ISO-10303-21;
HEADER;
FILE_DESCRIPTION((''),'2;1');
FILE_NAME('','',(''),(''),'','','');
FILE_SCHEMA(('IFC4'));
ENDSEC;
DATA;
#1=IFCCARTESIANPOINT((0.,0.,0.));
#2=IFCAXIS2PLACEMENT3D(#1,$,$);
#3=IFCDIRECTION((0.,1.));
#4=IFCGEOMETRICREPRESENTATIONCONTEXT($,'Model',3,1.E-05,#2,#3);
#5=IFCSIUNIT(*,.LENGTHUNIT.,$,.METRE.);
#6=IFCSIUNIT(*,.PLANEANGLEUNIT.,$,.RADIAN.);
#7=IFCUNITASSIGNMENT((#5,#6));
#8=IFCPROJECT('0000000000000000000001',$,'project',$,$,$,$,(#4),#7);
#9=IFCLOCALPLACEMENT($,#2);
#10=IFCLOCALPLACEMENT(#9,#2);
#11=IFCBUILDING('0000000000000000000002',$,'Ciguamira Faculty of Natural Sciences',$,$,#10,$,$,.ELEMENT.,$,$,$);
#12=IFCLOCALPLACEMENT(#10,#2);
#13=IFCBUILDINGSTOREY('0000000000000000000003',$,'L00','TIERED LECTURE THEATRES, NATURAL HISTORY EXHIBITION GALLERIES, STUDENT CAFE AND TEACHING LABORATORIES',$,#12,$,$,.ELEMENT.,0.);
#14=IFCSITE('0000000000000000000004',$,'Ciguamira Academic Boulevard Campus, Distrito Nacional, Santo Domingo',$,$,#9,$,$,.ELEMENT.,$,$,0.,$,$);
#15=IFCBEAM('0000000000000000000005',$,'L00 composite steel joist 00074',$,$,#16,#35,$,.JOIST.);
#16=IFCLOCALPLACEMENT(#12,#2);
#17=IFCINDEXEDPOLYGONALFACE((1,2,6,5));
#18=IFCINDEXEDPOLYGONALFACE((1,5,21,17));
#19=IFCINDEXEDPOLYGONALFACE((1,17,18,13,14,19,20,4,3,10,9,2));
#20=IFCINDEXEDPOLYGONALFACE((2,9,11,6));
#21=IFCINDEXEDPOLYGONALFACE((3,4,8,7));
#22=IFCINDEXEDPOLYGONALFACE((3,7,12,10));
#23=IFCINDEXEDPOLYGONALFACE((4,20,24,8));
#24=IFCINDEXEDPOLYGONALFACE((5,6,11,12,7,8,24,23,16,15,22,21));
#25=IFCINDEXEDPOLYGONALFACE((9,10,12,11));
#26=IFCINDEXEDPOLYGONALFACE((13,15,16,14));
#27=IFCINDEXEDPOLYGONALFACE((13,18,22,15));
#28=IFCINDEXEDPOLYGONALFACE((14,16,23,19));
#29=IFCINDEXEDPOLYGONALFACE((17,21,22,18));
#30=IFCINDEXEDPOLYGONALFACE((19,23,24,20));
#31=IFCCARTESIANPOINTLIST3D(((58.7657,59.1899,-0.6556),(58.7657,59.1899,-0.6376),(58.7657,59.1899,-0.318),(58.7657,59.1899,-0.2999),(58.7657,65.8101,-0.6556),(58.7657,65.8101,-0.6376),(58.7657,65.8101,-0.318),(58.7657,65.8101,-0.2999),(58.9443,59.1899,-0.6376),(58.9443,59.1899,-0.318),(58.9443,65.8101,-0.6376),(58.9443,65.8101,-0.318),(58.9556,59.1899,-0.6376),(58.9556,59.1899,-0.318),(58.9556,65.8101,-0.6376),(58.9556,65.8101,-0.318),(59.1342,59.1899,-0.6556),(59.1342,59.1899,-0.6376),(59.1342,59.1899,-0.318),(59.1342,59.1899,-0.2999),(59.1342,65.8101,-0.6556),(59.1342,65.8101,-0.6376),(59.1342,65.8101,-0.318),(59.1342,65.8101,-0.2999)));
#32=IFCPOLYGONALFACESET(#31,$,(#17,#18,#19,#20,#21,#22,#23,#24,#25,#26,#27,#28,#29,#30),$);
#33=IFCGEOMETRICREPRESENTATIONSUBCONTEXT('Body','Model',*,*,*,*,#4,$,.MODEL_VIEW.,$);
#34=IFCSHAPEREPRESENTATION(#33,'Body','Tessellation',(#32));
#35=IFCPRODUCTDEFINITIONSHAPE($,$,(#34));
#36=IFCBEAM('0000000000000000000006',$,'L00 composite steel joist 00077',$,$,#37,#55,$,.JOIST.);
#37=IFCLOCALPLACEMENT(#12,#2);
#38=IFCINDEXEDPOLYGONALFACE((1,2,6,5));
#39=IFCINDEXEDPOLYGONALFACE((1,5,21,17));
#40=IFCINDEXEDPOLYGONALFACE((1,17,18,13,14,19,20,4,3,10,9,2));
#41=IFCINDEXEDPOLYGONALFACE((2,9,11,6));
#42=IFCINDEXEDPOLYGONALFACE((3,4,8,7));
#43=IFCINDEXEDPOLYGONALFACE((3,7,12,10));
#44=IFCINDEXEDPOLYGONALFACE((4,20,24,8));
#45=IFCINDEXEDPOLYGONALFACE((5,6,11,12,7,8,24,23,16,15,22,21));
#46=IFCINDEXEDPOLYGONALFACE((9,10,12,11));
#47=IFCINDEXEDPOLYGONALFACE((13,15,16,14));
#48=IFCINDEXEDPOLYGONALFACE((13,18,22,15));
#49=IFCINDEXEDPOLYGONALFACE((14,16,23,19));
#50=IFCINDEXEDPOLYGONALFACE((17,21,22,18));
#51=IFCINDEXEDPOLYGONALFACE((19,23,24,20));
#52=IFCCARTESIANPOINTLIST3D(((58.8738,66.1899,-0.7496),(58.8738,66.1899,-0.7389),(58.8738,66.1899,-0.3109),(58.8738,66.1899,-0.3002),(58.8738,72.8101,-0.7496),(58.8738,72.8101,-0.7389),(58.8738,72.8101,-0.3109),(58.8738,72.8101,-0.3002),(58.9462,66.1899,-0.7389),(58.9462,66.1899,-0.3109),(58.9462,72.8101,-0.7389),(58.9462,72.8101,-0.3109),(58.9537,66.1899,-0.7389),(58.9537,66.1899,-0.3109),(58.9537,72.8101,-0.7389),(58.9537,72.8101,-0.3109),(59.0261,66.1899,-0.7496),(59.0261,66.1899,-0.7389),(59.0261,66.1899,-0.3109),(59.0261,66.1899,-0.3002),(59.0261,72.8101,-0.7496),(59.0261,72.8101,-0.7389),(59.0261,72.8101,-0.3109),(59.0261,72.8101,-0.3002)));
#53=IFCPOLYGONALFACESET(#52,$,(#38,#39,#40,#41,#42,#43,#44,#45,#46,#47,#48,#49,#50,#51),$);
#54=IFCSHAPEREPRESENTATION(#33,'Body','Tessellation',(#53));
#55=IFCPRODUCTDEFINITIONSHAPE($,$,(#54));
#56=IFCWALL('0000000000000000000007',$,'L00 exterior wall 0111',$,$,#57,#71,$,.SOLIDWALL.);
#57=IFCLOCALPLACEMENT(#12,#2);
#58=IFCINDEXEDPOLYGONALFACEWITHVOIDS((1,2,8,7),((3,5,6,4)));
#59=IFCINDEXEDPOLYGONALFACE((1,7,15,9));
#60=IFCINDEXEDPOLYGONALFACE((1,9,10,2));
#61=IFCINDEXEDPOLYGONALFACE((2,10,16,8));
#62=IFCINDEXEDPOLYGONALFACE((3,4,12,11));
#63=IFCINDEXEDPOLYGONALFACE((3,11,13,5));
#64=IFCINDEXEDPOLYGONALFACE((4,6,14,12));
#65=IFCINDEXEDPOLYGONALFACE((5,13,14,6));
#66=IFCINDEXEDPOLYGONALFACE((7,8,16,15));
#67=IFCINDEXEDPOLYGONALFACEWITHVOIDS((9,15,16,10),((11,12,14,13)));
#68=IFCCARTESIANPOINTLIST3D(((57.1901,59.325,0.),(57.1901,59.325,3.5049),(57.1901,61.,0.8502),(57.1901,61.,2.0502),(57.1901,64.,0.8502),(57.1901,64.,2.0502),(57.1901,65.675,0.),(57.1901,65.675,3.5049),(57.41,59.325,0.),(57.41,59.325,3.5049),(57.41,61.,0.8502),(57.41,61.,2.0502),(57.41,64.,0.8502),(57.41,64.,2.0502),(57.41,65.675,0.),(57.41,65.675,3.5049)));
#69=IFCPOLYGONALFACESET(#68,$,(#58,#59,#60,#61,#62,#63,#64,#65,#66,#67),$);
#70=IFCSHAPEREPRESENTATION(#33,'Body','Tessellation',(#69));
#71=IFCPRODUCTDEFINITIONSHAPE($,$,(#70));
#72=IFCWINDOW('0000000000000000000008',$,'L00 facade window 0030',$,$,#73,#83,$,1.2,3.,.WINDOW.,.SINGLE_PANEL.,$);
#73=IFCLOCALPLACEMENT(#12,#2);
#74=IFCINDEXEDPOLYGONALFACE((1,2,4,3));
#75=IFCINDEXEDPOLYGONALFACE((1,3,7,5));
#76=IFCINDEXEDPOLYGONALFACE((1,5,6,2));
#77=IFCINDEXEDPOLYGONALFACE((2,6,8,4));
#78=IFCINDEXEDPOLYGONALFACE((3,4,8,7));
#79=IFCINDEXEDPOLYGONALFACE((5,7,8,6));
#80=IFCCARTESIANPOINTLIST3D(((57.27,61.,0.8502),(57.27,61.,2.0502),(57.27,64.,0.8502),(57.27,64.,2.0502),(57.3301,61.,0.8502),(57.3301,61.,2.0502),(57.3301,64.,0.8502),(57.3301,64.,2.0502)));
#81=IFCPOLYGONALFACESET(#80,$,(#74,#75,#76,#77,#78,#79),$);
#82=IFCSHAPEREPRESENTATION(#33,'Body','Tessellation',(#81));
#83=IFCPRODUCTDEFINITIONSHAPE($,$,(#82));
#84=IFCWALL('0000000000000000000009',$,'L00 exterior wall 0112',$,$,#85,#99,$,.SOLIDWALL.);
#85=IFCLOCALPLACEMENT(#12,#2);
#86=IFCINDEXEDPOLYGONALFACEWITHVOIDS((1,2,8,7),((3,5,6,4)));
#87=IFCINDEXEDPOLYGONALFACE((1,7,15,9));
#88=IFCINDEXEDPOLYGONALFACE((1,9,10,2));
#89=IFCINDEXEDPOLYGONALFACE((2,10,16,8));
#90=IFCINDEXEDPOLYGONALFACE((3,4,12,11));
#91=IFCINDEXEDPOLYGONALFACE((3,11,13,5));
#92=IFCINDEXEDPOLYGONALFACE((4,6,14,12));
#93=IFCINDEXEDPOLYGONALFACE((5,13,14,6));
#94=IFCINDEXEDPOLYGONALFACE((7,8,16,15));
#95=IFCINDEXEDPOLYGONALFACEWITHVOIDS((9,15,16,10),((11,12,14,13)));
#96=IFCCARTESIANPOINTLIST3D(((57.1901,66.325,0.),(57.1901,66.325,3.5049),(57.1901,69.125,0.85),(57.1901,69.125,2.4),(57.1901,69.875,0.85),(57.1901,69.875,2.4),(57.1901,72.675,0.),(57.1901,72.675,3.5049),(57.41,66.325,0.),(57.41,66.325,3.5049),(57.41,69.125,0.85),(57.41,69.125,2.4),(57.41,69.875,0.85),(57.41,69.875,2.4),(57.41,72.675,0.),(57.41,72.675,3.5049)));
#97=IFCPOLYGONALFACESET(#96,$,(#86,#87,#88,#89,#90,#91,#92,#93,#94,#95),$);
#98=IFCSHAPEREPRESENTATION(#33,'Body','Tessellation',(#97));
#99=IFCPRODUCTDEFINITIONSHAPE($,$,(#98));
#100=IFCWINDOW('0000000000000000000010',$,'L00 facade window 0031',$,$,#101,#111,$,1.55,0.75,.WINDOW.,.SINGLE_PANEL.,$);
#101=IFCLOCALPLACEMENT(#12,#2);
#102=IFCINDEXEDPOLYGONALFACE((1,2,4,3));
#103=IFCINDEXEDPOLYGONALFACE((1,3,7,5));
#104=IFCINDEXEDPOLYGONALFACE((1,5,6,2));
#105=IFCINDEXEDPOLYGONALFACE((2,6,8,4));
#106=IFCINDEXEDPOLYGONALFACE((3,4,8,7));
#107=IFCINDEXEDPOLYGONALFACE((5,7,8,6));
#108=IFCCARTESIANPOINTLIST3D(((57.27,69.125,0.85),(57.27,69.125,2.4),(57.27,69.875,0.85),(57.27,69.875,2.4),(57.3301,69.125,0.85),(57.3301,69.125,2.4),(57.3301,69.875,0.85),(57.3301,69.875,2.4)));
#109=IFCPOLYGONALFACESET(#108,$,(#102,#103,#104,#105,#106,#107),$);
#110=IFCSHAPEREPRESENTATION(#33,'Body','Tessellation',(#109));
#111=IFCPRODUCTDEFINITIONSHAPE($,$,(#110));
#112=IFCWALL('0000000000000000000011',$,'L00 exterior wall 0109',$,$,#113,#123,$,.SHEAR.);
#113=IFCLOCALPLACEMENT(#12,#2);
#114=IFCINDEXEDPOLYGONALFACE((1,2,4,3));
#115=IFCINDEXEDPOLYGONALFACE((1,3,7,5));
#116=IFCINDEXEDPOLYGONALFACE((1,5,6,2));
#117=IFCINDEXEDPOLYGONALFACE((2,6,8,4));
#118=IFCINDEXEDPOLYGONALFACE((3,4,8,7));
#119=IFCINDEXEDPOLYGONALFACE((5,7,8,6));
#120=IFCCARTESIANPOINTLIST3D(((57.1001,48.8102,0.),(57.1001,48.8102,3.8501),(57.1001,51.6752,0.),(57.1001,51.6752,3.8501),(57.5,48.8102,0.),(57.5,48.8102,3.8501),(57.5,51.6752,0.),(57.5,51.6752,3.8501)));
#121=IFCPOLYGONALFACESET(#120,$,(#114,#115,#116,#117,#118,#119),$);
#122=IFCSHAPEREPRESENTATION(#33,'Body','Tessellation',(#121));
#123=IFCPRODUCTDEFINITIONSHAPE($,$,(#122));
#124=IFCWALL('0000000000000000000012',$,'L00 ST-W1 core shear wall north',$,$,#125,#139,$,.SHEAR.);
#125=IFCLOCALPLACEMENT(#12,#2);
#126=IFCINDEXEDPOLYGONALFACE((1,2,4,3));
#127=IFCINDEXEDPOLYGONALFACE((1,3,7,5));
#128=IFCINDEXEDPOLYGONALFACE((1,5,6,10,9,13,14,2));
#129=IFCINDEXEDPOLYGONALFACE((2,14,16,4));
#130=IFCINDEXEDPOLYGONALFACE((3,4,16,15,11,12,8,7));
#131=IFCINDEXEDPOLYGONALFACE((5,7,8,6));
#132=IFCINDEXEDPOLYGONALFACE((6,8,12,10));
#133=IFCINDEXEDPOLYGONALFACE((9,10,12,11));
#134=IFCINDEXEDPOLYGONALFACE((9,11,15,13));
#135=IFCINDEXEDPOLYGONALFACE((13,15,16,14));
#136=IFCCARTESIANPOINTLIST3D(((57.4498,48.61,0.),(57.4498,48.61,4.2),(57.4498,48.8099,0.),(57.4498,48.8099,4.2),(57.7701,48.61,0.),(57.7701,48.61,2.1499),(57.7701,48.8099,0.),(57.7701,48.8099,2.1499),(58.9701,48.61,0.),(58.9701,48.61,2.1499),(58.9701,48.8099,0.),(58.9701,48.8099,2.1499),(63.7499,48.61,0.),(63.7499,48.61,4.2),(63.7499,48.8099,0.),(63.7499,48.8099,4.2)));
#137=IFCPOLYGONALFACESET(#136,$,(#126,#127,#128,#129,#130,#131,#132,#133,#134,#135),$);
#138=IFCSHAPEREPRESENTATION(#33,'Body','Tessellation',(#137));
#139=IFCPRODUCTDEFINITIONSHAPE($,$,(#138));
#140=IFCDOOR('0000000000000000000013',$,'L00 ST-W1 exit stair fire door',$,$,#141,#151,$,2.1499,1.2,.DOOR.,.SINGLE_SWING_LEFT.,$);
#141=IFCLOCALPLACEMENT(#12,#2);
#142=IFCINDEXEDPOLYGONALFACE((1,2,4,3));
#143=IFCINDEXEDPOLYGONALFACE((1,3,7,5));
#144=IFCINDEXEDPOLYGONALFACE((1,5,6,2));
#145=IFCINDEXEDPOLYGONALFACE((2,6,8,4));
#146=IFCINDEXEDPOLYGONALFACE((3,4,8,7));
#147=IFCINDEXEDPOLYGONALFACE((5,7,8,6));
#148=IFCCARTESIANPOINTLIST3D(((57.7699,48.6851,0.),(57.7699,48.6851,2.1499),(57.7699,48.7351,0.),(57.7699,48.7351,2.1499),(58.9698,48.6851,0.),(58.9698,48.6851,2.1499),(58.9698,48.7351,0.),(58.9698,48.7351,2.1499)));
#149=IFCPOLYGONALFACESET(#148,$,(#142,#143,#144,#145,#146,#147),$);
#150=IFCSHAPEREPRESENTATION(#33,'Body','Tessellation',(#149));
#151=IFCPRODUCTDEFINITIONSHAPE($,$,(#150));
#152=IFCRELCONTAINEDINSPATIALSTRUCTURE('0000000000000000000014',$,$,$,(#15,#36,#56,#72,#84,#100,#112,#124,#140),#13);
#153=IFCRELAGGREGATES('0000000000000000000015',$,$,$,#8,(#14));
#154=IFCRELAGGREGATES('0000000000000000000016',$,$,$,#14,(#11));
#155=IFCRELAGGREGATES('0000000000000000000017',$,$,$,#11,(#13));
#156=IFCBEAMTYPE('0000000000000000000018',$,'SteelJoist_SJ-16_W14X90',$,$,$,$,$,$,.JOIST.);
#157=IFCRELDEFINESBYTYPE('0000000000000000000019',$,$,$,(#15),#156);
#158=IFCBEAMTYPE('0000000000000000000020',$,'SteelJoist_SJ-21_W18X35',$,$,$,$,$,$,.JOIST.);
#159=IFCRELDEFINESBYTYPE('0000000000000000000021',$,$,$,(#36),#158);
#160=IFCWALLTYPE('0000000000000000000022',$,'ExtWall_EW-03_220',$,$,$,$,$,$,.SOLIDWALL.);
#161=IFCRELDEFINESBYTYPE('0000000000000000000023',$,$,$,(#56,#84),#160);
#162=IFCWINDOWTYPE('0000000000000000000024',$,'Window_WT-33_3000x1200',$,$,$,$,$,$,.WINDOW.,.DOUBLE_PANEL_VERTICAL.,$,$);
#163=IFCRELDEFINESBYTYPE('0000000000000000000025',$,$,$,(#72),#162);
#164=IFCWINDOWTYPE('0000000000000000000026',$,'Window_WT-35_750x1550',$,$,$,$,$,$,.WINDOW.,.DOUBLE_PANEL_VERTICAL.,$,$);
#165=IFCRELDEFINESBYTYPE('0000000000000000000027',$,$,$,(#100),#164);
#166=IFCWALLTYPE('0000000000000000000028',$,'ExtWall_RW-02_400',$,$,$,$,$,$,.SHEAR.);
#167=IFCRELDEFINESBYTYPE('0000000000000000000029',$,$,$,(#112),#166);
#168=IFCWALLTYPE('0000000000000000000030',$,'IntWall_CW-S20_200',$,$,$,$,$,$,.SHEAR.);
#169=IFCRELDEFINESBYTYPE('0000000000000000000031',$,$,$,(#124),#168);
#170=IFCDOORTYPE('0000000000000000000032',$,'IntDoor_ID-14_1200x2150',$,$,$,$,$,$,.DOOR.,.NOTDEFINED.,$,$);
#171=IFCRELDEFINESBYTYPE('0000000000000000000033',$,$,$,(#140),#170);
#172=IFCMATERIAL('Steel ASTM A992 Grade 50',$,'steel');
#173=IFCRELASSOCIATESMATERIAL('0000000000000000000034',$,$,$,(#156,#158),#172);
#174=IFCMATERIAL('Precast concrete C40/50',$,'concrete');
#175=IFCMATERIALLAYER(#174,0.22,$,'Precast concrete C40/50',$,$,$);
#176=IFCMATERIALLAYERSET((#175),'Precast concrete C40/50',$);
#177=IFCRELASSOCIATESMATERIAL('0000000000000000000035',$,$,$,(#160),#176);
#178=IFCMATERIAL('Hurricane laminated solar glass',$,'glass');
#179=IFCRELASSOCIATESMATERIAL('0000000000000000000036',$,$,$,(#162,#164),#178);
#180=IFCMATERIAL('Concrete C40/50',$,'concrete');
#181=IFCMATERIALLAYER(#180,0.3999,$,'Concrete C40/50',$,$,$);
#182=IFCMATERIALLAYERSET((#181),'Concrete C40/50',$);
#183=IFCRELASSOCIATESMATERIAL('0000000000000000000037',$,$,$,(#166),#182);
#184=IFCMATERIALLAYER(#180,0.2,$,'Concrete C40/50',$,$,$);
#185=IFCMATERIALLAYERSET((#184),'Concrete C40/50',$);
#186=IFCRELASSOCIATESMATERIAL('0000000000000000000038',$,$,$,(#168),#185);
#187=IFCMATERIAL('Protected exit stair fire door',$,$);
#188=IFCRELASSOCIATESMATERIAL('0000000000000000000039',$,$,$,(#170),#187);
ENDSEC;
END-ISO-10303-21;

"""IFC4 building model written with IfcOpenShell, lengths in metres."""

from ifc_helpers import new_model, si_unit, direction, frame, frame_2d, origin, origin_2d, place, context, subcontext, project, spatial, rectangle, i_section, extrude, material, layer, layer_set, material_profile, profile_set, type_object, element, fill, save


model = new_model("IFC4")

# Units and contexts
model_context = context("Model", 3, precision=1e-05, world=origin(), true_north=direction((0.0, 1.0)))
body_context = subcontext(model_context, "Body", "Model", "MODEL_VIEW")
ifc_project = project(units=[si_unit("LENGTHUNIT", "METRE"), si_unit("PLANEANGLEUNIT", "RADIAN")], contexts=[model_context])

# Site, building, storey
site_placement = place(None, origin())
site = spatial("IfcSite", under=ifc_project, at=site_placement, Name="Ciguamira Academic Boulevard Campus, Distrito Nacional, Santo Domingo", CompositionType="ELEMENT", RefElevation=0.0)
building_placement = place(site_placement, origin())
building = spatial("IfcBuilding", under=site, at=building_placement, Name="Ciguamira Faculty of Natural Sciences", CompositionType="ELEMENT")
storey_placement = place(building_placement, origin())
storey = spatial("IfcBuildingStorey", under=building, at=storey_placement, Name="L00", Description="TIERED LECTURE THEATRES, NATURAL HISTORY EXHIBITION GALLERIES, STUDENT CAFE AND TEACHING LABORATORIES", CompositionType="ELEMENT", Elevation=0.0)

# Shared definitions
ifc_material_1 = material(Name="Concrete C40/50", Category="concrete")

# Beams
ifc_material_2 = material(Name="Precast concrete C40/50", Category="concrete")
ifc_material_3 = material(Name="Steel ASTM A992 Grade 50", Category="steel")
ifc_material_profile_1 = material_profile(ifc_material_3, i_section(OverallWidth=0.3684, OverallDepth=0.3557, WebThickness=0.0112, FlangeThickness=0.0181, at=origin_2d()), Name="W14X90")
ifc_profile_set_1 = profile_set([ifc_material_profile_1], Name="Steel ASTM A992 Grade 50")
beam_type_1 = type_object("IfcBeamType", Name="SteelJoist_SJ-16_W14X90", PredefinedType="JOIST", material=ifc_profile_set_1)
beam_1_placement = place(storey_placement, frame((58.95, 59.1899, -0.4778), z_axis=(0.0, 1.0, 0.0), x_axis=(-1.0, 0.0, 0.0)))
element("IfcBeam", 1, at=beam_1_placement, inside=storey, type_object=beam_type_1, Name="L00 composite steel joist 00074", PredefinedType="JOIST", context=body_context, shape_type="SweptSolid", body=[
    extrude(i_section(OverallWidth=0.3684, OverallDepth=0.3557, WebThickness=0.0112, FlangeThickness=0.0181, at=origin_2d()), origin(), (0.0, 0.0, 1.0), 6.6201),
])
ifc_material_profile_2 = material_profile(ifc_material_3, i_section(OverallWidth=0.1523, OverallDepth=0.4495, WebThickness=0.0076, FlangeThickness=0.0107, at=origin_2d()), Name="W18X35")
ifc_profile_set_2 = profile_set([ifc_material_profile_2], Name="Steel ASTM A992 Grade 50")
beam_type_2 = type_object("IfcBeamType", Name="SteelJoist_SJ-21_W18X35", PredefinedType="JOIST", material=ifc_profile_set_2)
beam_2_placement = place(storey_placement, frame((58.95, 66.1899, -0.5249), z_axis=(0.0, 1.0, 0.0), x_axis=(-1.0, 0.0, 0.0)))
element("IfcBeam", 2, at=beam_2_placement, inside=storey, type_object=beam_type_2, Name="L00 composite steel joist 00077", PredefinedType="JOIST", context=body_context, shape_type="SweptSolid", body=[
    extrude(i_section(OverallWidth=0.1523, OverallDepth=0.4495, WebThickness=0.0076, FlangeThickness=0.0107, at=origin_2d()), origin(), (0.0, 0.0, 1.0), 6.6201),
])

# Shared definitions
ifc_layer_1 = layer(ifc_material_2, 0.22, Name="Precast concrete C40/50")
ifc_layer_set_1 = layer_set([ifc_layer_1], Name="Precast concrete C40/50")
wall_type_1 = type_object("IfcWallType", Name="ExtWall_EW-03_220", PredefinedType="SOLIDWALL", material=ifc_layer_set_1)

# Walls, openings, windows
wall_1_placement = place(storey_placement, frame((57.3, 59.325, 0.0), z_axis=(0.0, 0.0, 1.0), x_axis=(0.0, 1.0, 0.0)))
wall_1 = element("IfcWall", 3, at=wall_1_placement, inside=storey, type_object=wall_type_1, Name="L00 exterior wall 0111", PredefinedType="SOLIDWALL", context=body_context, shape_type="SweptSolid", body=[
    extrude(rectangle(XDim=6.3501, YDim=0.22, at=frame_2d((3.175, 0.0))), origin(), (0.0, 0.0, 1.0), 3.5049),
])
opening_1_placement = place(wall_1_placement, frame((1.675, 0.0, 0.8501)))
opening_1 = element("IfcOpeningElement", 4, at=opening_1_placement, cuts=wall_1, PredefinedType="OPENING", context=body_context, shape_type="SweptSolid", body=[
    extrude(rectangle(XDim=3.0, YDim=1.2, at=frame_2d((1.5, 0.6001))), frame((0.0, 0.1199, 0.0), z_axis=(0.0, -1.0, 0.0), x_axis=(1.0, 0.0, 0.0)), (0.0, 0.0, 1.0), 0.24),
])
ifc_material_4 = material(Name="Hurricane laminated solar glass", Category="glass")
window_type_1 = type_object("IfcWindowType", Name="Window_WT-33_3000x1200", PartitioningType="DOUBLE_PANEL_VERTICAL", PredefinedType="WINDOW", material=ifc_material_4)
window_1_placement = place(opening_1_placement, origin())
window_1 = element("IfcWindow", 5, at=window_1_placement, inside=storey, type_object=window_type_1, Name="L00 facade window 0030", OverallHeight=1.2, OverallWidth=3.0, PartitioningType="SINGLE_PANEL", PredefinedType="WINDOW", context=body_context, shape_type="SweptSolid", body=[
    extrude(rectangle(XDim=3.0, YDim=1.2, at=frame_2d((1.5, 0.6001))), frame((0.0, 0.03, 0.0), z_axis=(0.0, -1.0, 0.0), x_axis=(1.0, 0.0, 0.0)), (0.0, 0.0, 1.0), 0.0601),
])
fill(opening_1, window_1)
wall_2_placement = place(storey_placement, frame((57.3, 66.325, 0.0), z_axis=(0.0, 0.0, 1.0), x_axis=(0.0, 1.0, 0.0)))
wall_2 = element("IfcWall", 6, at=wall_2_placement, inside=storey, type_object=wall_type_1, Name="L00 exterior wall 0112", PredefinedType="SOLIDWALL", context=body_context, shape_type="SweptSolid", body=[
    extrude(rectangle(XDim=6.3501, YDim=0.22, at=frame_2d((3.175, 0.0))), origin(), (0.0, 0.0, 1.0), 3.5049),
])
opening_2_placement = place(wall_2_placement, frame((2.8, 0.0, 0.8501)))
opening_2 = element("IfcOpeningElement", 7, at=opening_2_placement, cuts=wall_2, PredefinedType="OPENING", context=body_context, shape_type="SweptSolid", body=[
    extrude(rectangle(XDim=0.75, YDim=1.55, at=frame_2d((0.375, 0.7749))), frame((0.0, 0.1199, 0.0), z_axis=(0.0, -1.0, 0.0), x_axis=(1.0, 0.0, 0.0)), (0.0, 0.0, 1.0), 0.24),
])
window_type_2 = type_object("IfcWindowType", Name="Window_WT-35_750x1550", PartitioningType="DOUBLE_PANEL_VERTICAL", PredefinedType="WINDOW", material=ifc_material_4)
window_2_placement = place(opening_2_placement, origin())
window_2 = element("IfcWindow", 8, at=window_2_placement, inside=storey, type_object=window_type_2, Name="L00 facade window 0031", OverallHeight=1.55, OverallWidth=0.75, PartitioningType="SINGLE_PANEL", PredefinedType="WINDOW", context=body_context, shape_type="SweptSolid", body=[
    extrude(rectangle(XDim=0.75, YDim=1.55, at=frame_2d((0.375, 0.7749))), frame((0.0, 0.03, 0.0), z_axis=(0.0, -1.0, 0.0), x_axis=(1.0, 0.0, 0.0)), (0.0, 0.0, 1.0), 0.0601),
])
fill(opening_2, window_2)

# Wall
ifc_layer_2 = layer(ifc_material_1, 0.3999, Name="Concrete C40/50")
ifc_layer_set_2 = layer_set([ifc_layer_2], Name="Concrete C40/50")
wall_type_2 = type_object("IfcWallType", Name="ExtWall_RW-02_400", PredefinedType="SHEAR", material=ifc_layer_set_2)
wall_3_placement = place(storey_placement, frame((57.3, 48.8101, 0.0), z_axis=(0.0, 0.0, 1.0), x_axis=(0.0, 1.0, 0.0)))
element("IfcWall", 9, at=wall_3_placement, inside=storey, type_object=wall_type_2, Name="L00 exterior wall 0109", PredefinedType="SHEAR", context=body_context, shape_type="SweptSolid", body=[
    extrude(rectangle(XDim=2.865, YDim=0.3999, at=frame_2d((1.4326, 0.0))), origin(), (0.0, 0.0, 1.0), 3.8501),
])

# Wall, opening, door
ifc_layer_3 = layer(ifc_material_1, 0.2, Name="Concrete C40/50")
ifc_layer_set_3 = layer_set([ifc_layer_3], Name="Concrete C40/50")
wall_type_3 = type_object("IfcWallType", Name="IntWall_CW-S20_200", PredefinedType="SHEAR", material=ifc_layer_set_3)
wall_4_placement = place(storey_placement, frame((57.45, 48.71, 0.0), z_axis=(0.0, 0.0, 1.0), x_axis=(1.0, 0.0, 0.0)))
wall_4 = element("IfcWall", 10, at=wall_4_placement, inside=storey, type_object=wall_type_3, Name="L00 ST-W1 core shear wall north", PredefinedType="SHEAR", context=body_context, shape_type="SweptSolid", body=[
    extrude(rectangle(XDim=6.3, YDim=0.2, at=frame_2d((3.1499, 0.0))), origin(), (0.0, 0.0, 1.0), 4.2),
])
opening_3_placement = place(wall_4_placement, frame((0.3201, 0.0, 0.0)))
opening_3 = element("IfcOpeningElement", 11, at=opening_3_placement, cuts=wall_4, PredefinedType="OPENING", context=body_context, shape_type="SweptSolid", body=[
    extrude(rectangle(XDim=1.2, YDim=2.1499, at=frame_2d((0.6001, 1.075))), frame((0.0, 0.1099, 0.0), z_axis=(0.0, -1.0, 0.0), x_axis=(1.0, 0.0, 0.0)), (0.0, 0.0, 1.0), 0.22),
])
ifc_material_5 = material(Name="Protected exit stair fire door")
door_type_1 = type_object("IfcDoorType", Name="IntDoor_ID-14_1200x2150", OperationType="NOTDEFINED", PredefinedType="DOOR", material=ifc_material_5)
door_1_placement = place(opening_3_placement, frame((1.2, 0.0, 0.0), z_axis=(0.0, 0.0, 1.0), x_axis=(-1.0, 0.0, 0.0)))
door_1 = element("IfcDoor", 12, at=door_1_placement, inside=storey, type_object=door_type_1, Name="L00 ST-W1 exit stair fire door", OperationType="SINGLE_SWING_LEFT", OverallHeight=2.1499, OverallWidth=1.2, PredefinedType="DOOR", context=body_context, shape_type="SweptSolid", body=[
    extrude(rectangle(XDim=1.2, YDim=2.1499, at=frame_2d((0.6001, 1.075))), frame((0.0, 0.0249, 0.0), z_axis=(0.0, -1.0, 0.0), x_axis=(1.0, 0.0, 0.0)), (0.0, 0.0, 1.0), 0.05),
])
fill(opening_3, door_1)

save(model, "model.ifc")
